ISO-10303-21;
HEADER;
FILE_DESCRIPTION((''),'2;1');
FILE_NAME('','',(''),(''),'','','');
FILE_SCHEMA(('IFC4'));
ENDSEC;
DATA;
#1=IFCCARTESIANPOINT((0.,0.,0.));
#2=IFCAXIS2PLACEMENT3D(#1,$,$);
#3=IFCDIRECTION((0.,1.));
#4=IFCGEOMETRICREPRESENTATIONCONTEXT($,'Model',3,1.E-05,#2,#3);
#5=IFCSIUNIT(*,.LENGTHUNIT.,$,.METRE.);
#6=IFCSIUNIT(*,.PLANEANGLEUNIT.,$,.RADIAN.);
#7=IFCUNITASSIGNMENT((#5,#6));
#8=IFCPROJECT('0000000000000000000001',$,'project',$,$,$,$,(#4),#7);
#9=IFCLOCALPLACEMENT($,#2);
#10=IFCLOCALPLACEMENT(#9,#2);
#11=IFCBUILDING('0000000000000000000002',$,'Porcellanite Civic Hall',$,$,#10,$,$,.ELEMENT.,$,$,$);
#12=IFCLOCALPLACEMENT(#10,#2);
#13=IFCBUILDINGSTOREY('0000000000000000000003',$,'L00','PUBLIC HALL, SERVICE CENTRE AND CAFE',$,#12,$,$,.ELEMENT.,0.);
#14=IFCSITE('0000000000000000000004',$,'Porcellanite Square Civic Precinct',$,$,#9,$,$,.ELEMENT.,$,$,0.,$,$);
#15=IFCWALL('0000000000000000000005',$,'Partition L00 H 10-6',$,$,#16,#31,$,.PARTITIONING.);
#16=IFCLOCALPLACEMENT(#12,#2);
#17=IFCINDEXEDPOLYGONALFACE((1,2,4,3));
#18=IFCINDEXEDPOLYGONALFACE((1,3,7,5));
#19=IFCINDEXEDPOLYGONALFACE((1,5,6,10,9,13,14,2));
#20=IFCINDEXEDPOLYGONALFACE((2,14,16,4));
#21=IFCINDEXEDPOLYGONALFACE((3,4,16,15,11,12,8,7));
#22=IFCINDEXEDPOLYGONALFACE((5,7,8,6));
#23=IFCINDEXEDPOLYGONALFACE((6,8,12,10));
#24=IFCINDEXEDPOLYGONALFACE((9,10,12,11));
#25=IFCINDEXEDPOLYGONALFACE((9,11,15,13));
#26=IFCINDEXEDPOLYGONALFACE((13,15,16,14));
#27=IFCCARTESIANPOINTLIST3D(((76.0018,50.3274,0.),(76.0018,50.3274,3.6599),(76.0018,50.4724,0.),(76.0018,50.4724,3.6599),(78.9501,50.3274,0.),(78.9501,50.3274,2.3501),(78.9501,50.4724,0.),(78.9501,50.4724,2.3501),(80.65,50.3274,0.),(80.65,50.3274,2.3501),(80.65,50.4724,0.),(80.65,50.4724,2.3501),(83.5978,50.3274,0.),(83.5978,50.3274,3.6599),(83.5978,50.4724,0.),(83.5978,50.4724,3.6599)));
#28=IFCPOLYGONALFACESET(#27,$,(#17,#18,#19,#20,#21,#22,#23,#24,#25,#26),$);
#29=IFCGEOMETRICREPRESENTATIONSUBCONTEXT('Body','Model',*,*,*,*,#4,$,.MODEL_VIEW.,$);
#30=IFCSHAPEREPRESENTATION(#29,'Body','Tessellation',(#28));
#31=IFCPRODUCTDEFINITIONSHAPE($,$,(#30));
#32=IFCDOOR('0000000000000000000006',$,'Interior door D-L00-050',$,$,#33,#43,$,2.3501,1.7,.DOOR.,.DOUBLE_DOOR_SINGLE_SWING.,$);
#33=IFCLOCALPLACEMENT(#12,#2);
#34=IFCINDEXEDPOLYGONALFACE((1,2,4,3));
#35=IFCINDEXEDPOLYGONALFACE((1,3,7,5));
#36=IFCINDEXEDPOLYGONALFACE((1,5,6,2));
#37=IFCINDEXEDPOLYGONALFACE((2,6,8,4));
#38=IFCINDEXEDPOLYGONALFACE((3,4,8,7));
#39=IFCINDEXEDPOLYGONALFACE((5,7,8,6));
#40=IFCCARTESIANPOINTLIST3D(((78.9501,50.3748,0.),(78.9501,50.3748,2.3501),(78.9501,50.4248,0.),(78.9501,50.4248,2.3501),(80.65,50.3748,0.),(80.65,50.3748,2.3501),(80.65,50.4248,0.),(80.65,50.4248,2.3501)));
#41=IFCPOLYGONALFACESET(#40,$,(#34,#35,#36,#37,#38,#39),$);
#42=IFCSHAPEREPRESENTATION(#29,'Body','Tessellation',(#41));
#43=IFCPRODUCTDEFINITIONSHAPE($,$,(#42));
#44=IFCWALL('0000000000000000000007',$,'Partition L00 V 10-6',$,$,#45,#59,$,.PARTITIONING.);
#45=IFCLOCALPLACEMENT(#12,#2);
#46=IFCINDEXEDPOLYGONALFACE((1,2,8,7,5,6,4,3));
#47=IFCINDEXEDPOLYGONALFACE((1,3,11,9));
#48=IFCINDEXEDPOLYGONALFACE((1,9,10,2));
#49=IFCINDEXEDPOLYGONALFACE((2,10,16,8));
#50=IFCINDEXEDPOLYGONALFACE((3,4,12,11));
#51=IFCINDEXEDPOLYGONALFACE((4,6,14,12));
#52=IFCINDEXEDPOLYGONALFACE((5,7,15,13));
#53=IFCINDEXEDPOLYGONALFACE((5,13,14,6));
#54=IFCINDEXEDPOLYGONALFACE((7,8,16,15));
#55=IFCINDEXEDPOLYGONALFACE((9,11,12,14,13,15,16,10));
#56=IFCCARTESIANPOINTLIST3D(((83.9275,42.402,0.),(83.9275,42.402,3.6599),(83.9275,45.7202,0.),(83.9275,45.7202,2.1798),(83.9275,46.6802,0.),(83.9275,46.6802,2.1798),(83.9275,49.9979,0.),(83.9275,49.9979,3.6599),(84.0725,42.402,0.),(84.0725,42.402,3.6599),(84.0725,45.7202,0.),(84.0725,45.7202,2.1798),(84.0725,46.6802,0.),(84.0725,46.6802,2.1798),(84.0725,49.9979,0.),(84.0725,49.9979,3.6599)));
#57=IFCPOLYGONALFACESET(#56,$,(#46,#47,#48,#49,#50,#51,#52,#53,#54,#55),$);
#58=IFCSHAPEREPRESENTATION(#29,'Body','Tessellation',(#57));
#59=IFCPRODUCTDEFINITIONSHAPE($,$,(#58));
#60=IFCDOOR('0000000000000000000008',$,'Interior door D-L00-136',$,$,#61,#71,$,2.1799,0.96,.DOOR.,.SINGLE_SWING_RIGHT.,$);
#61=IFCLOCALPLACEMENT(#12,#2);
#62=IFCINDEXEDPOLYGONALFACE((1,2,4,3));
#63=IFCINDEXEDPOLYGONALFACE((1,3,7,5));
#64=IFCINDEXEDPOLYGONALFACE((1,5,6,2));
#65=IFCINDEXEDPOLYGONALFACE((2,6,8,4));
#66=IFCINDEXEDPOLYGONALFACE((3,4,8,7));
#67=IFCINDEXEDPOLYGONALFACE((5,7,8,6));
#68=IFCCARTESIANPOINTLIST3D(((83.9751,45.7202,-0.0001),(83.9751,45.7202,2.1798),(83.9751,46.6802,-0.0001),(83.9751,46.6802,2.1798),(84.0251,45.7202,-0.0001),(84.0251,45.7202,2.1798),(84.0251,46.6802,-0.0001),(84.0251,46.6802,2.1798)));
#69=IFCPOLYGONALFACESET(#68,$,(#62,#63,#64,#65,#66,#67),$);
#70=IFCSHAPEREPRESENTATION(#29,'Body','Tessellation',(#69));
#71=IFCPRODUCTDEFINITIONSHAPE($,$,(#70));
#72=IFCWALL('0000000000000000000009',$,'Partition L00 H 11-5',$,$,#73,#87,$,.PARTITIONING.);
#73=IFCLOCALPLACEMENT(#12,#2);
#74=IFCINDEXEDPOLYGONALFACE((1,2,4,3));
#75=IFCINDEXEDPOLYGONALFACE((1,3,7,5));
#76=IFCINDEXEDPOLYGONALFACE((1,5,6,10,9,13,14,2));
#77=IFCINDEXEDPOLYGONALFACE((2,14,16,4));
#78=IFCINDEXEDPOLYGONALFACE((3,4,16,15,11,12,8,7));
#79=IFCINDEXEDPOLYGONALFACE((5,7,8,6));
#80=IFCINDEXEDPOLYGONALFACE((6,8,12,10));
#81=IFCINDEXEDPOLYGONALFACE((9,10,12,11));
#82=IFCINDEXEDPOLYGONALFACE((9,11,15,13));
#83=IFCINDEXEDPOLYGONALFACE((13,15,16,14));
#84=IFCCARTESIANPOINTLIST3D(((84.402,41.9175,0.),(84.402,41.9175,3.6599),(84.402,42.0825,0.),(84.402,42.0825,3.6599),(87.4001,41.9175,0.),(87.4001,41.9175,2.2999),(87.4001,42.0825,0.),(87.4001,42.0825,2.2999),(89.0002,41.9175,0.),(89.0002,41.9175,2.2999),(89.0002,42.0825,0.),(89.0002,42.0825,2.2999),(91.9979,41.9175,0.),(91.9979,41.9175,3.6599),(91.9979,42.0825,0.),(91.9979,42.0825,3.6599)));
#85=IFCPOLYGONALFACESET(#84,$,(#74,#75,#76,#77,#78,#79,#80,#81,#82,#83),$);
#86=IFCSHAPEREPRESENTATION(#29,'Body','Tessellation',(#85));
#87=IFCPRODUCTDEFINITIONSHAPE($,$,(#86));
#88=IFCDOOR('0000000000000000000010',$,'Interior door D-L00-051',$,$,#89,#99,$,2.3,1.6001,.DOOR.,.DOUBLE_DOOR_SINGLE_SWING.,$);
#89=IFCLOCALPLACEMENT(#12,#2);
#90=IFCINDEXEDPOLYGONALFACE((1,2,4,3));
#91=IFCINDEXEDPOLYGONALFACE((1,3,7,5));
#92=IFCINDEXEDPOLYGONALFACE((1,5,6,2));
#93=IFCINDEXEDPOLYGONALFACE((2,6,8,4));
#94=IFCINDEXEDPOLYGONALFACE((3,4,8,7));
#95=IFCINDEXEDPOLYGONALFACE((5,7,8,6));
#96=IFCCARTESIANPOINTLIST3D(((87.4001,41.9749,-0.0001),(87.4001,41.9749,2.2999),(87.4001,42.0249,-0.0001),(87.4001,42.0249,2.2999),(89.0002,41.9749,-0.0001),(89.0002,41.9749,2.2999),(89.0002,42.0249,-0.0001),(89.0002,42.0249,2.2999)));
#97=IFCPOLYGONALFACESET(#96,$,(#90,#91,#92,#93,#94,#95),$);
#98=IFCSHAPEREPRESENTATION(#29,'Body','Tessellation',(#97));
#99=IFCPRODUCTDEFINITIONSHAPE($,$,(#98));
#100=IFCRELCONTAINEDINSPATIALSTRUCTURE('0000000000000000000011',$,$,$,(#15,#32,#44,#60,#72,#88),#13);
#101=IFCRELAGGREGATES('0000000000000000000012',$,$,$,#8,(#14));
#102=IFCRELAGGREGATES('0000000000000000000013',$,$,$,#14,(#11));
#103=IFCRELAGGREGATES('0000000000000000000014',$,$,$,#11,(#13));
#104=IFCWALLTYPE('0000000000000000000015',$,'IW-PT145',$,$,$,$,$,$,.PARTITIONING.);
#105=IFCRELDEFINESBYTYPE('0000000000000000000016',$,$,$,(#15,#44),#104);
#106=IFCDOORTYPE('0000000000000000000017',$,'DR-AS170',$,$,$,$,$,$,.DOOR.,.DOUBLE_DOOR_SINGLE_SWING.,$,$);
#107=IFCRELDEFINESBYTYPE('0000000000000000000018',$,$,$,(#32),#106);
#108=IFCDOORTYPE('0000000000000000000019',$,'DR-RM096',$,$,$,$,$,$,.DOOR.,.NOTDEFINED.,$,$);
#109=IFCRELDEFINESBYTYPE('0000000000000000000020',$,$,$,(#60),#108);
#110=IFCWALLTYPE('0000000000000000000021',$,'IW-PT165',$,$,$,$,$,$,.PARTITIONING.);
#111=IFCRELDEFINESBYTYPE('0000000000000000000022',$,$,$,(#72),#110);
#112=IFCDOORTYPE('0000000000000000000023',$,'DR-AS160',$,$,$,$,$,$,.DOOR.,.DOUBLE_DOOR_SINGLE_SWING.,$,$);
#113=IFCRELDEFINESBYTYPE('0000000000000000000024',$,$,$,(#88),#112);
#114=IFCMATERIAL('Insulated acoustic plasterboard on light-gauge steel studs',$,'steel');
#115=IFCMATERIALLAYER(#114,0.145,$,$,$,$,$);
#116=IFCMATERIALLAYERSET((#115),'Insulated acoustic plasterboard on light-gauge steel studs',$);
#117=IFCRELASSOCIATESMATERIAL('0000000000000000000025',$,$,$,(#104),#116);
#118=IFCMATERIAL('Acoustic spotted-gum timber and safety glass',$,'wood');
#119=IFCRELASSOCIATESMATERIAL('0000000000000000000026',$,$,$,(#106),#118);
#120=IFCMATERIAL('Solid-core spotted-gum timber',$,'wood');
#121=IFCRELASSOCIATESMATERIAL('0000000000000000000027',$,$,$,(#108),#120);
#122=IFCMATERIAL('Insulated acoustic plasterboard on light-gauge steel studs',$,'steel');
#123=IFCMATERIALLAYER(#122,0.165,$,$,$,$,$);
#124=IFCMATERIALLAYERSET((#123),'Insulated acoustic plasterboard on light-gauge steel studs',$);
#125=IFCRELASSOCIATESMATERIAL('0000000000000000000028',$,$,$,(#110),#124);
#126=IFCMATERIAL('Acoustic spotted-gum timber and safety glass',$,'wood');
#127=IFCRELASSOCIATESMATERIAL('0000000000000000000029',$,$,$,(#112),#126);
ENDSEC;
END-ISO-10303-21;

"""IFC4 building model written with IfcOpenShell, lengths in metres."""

from ifc_helpers import new_model, si_unit, direction, frame, frame_2d, origin, place, context, subcontext, project, spatial, rectangle, extrude, material, layer, layer_set, type_object, element, fill, save


model = new_model("IFC4")

# Units and contexts
model_context = context("Model", 3, precision=1e-05, world=origin(), true_north=direction((0.0, 1.0)))
body_context = subcontext(model_context, "Body", "Model", "MODEL_VIEW")
ifc_project = project(units=[si_unit("LENGTHUNIT", "METRE"), si_unit("PLANEANGLEUNIT", "RADIAN")], contexts=[model_context])

# Site, building, storey
site_placement = place(None, origin())
site = spatial("IfcSite", under=ifc_project, at=site_placement, Name="Porcellanite Square Civic Precinct", CompositionType="ELEMENT", RefElevation=0.0)
building_placement = place(site_placement, origin())
building = spatial("IfcBuilding", under=site, at=building_placement, Name="Porcellanite Civic Hall", CompositionType="ELEMENT")
storey_placement = place(building_placement, origin())
storey = spatial("IfcBuildingStorey", under=building, at=storey_placement, Name="L00", Description="PUBLIC HALL, SERVICE CENTRE AND CAFE", CompositionType="ELEMENT", Elevation=0.0)

# Walls, openings, doors
ifc_material_1 = material(Name="Insulated acoustic plasterboard on light-gauge steel studs", Category="steel")
ifc_layer_1 = layer(ifc_material_1, 0.145)
ifc_layer_set_1 = layer_set([ifc_layer_1], Name="Insulated acoustic plasterboard on light-gauge steel studs")
wall_type_1 = type_object("IfcWallType", Name="IW-PT145", PredefinedType="PARTITIONING", material=ifc_layer_set_1)
wall_1_placement = place(storey_placement, frame((76.002, 50.3999, 0.0), z_axis=(0.0, 0.0, 1.0), x_axis=(1.0, 0.0, 0.0)))
wall_1 = element("IfcWall", 1, at=wall_1_placement, inside=storey, type_object=wall_type_1, Name="Partition L00 H 10-6", PredefinedType="PARTITIONING", context=body_context, shape_type="SweptSolid", body=[
    extrude(rectangle(XDim=7.5959, YDim=0.145, at=frame_2d((3.7979, 0.0))), origin(), (0.0, 0.0, 1.0), 3.6599),
])
opening_1_placement = place(wall_1_placement, frame((2.948, 0.0, 0.0)))
opening_1 = element("IfcOpeningElement", 2, at=opening_1_placement, cuts=wall_1, PredefinedType="OPENING", context=body_context, shape_type="SweptSolid", body=[
    extrude(rectangle(XDim=1.7, YDim=2.3501, at=frame_2d((0.8501, 1.175))), frame((0.0, 0.0725, 0.0), z_axis=(0.0, -1.0, 0.0), x_axis=(1.0, 0.0, 0.0)), (0.0, 0.0, 1.0), 0.145),
])
ifc_material_2 = material(Name="Acoustic spotted-gum timber and safety glass", Category="wood")
door_type_1 = type_object("IfcDoorType", Name="DR-AS170", OperationType="DOUBLE_DOOR_SINGLE_SWING", PredefinedType="DOOR", material=ifc_material_2)
door_1_placement = place(opening_1_placement, origin())
door_1 = element("IfcDoor", 3, at=door_1_placement, inside=storey, type_object=door_type_1, Name="Interior door D-L00-050", OperationType="DOUBLE_DOOR_SINGLE_SWING", OverallHeight=2.3501, OverallWidth=1.7, PredefinedType="DOOR", context=body_context, shape_type="SweptSolid", body=[
    extrude(rectangle(XDim=1.7, YDim=2.3501, at=frame_2d((0.8501, 1.175))), frame((0.0, 0.0249, 0.0), z_axis=(0.0, -1.0, 0.0), x_axis=(1.0, 0.0, 0.0)), (0.0, 0.0, 1.0), 0.05),
])
fill(opening_1, door_1)
wall_2_placement = place(storey_placement, frame((84.0, 42.4021, 0.0), z_axis=(0.0, 0.0, 1.0), x_axis=(0.0, 1.0, 0.0)))
wall_2 = element("IfcWall", 4, at=wall_2_placement, inside=storey, type_object=wall_type_1, Name="Partition L00 V 10-6", PredefinedType="PARTITIONING", context=body_context, shape_type="SweptSolid", body=[
    extrude(rectangle(XDim=7.5959, YDim=0.145, at=frame_2d((3.7979, 0.0))), origin(), (0.0, 0.0, 1.0), 3.6599),
])
opening_2_placement = place(wall_2_placement, frame((3.3181, 0.0, 0.0)))
opening_2 = element("IfcOpeningElement", 5, at=opening_2_placement, cuts=wall_2, PredefinedType="OPENING", context=body_context, shape_type="SweptSolid", body=[
    extrude(rectangle(XDim=0.96, YDim=2.1799, at=frame_2d((0.48, 1.0898))), frame((0.0, 0.0725, 0.0), z_axis=(0.0, -1.0, 0.0), x_axis=(1.0, 0.0, 0.0)), (0.0, 0.0, 1.0), 0.145),
])
ifc_material_3 = material(Name="Solid-core spotted-gum timber", Category="wood")
door_type_2 = type_object("IfcDoorType", Name="DR-RM096", OperationType="NOTDEFINED", PredefinedType="DOOR", material=ifc_material_3)
door_2_placement = place(opening_2_placement, origin())
door_2 = element("IfcDoor", 6, at=door_2_placement, inside=storey, type_object=door_type_2, Name="Interior door D-L00-136", OperationType="SINGLE_SWING_RIGHT", OverallHeight=2.1799, OverallWidth=0.96, PredefinedType="DOOR", context=body_context, shape_type="SweptSolid", body=[
    extrude(rectangle(XDim=0.96, YDim=2.1799, at=frame_2d((0.48, 1.0898))), frame((0.0, 0.0249, 0.0), z_axis=(0.0, -1.0, 0.0), x_axis=(1.0, 0.0, 0.0)), (0.0, 0.0, 1.0), 0.05),
])
fill(opening_2, door_2)
ifc_material_4 = material(Name="Insulated acoustic plasterboard on light-gauge steel studs", Category="steel")
ifc_layer_2 = layer(ifc_material_4, 0.165)
ifc_layer_set_2 = layer_set([ifc_layer_2], Name="Insulated acoustic plasterboard on light-gauge steel studs")
wall_type_2 = type_object("IfcWallType", Name="IW-PT165", PredefinedType="PARTITIONING", material=ifc_layer_set_2)
wall_3_placement = place(storey_placement, frame((84.4021, 42.0, 0.0), z_axis=(0.0, 0.0, 1.0), x_axis=(1.0, 0.0, 0.0)))
wall_3 = element("IfcWall", 7, at=wall_3_placement, inside=storey, type_object=wall_type_2, Name="Partition L00 H 11-5", PredefinedType="PARTITIONING", context=body_context, shape_type="SweptSolid", body=[
    extrude(rectangle(XDim=7.5959, YDim=0.165, at=frame_2d((3.7979, 0.0))), origin(), (0.0, 0.0, 1.0), 3.6599),
])
opening_3_placement = place(wall_3_placement, frame((2.998, 0.0, 0.0)))
opening_3 = element("IfcOpeningElement", 8, at=opening_3_placement, cuts=wall_3, PredefinedType="OPENING", context=body_context, shape_type="SweptSolid", body=[
    extrude(rectangle(XDim=1.6001, YDim=2.3, at=frame_2d((0.8, 1.1499))), frame((0.0, 0.0825, 0.0), z_axis=(0.0, -1.0, 0.0), x_axis=(1.0, 0.0, 0.0)), (0.0, 0.0, 1.0), 0.165),
])
ifc_material_5 = material(Name="Acoustic spotted-gum timber and safety glass", Category="wood")
door_type_3 = type_object("IfcDoorType", Name="DR-AS160", OperationType="DOUBLE_DOOR_SINGLE_SWING", PredefinedType="DOOR", material=ifc_material_5)
door_3_placement = place(opening_3_placement, origin())
door_3 = element("IfcDoor", 9, at=door_3_placement, inside=storey, type_object=door_type_3, Name="Interior door D-L00-051", OperationType="DOUBLE_DOOR_SINGLE_SWING", OverallHeight=2.3, OverallWidth=1.6001, PredefinedType="DOOR", context=body_context, shape_type="SweptSolid", body=[
    extrude(rectangle(XDim=1.6001, YDim=2.3, at=frame_2d((0.8, 1.1499))), frame((0.0, 0.0249, 0.0), z_axis=(0.0, -1.0, 0.0), x_axis=(1.0, 0.0, 0.0)), (0.0, 0.0, 1.0), 0.05),
])
fill(opening_3, door_3)

save(model, "model.ifc")
